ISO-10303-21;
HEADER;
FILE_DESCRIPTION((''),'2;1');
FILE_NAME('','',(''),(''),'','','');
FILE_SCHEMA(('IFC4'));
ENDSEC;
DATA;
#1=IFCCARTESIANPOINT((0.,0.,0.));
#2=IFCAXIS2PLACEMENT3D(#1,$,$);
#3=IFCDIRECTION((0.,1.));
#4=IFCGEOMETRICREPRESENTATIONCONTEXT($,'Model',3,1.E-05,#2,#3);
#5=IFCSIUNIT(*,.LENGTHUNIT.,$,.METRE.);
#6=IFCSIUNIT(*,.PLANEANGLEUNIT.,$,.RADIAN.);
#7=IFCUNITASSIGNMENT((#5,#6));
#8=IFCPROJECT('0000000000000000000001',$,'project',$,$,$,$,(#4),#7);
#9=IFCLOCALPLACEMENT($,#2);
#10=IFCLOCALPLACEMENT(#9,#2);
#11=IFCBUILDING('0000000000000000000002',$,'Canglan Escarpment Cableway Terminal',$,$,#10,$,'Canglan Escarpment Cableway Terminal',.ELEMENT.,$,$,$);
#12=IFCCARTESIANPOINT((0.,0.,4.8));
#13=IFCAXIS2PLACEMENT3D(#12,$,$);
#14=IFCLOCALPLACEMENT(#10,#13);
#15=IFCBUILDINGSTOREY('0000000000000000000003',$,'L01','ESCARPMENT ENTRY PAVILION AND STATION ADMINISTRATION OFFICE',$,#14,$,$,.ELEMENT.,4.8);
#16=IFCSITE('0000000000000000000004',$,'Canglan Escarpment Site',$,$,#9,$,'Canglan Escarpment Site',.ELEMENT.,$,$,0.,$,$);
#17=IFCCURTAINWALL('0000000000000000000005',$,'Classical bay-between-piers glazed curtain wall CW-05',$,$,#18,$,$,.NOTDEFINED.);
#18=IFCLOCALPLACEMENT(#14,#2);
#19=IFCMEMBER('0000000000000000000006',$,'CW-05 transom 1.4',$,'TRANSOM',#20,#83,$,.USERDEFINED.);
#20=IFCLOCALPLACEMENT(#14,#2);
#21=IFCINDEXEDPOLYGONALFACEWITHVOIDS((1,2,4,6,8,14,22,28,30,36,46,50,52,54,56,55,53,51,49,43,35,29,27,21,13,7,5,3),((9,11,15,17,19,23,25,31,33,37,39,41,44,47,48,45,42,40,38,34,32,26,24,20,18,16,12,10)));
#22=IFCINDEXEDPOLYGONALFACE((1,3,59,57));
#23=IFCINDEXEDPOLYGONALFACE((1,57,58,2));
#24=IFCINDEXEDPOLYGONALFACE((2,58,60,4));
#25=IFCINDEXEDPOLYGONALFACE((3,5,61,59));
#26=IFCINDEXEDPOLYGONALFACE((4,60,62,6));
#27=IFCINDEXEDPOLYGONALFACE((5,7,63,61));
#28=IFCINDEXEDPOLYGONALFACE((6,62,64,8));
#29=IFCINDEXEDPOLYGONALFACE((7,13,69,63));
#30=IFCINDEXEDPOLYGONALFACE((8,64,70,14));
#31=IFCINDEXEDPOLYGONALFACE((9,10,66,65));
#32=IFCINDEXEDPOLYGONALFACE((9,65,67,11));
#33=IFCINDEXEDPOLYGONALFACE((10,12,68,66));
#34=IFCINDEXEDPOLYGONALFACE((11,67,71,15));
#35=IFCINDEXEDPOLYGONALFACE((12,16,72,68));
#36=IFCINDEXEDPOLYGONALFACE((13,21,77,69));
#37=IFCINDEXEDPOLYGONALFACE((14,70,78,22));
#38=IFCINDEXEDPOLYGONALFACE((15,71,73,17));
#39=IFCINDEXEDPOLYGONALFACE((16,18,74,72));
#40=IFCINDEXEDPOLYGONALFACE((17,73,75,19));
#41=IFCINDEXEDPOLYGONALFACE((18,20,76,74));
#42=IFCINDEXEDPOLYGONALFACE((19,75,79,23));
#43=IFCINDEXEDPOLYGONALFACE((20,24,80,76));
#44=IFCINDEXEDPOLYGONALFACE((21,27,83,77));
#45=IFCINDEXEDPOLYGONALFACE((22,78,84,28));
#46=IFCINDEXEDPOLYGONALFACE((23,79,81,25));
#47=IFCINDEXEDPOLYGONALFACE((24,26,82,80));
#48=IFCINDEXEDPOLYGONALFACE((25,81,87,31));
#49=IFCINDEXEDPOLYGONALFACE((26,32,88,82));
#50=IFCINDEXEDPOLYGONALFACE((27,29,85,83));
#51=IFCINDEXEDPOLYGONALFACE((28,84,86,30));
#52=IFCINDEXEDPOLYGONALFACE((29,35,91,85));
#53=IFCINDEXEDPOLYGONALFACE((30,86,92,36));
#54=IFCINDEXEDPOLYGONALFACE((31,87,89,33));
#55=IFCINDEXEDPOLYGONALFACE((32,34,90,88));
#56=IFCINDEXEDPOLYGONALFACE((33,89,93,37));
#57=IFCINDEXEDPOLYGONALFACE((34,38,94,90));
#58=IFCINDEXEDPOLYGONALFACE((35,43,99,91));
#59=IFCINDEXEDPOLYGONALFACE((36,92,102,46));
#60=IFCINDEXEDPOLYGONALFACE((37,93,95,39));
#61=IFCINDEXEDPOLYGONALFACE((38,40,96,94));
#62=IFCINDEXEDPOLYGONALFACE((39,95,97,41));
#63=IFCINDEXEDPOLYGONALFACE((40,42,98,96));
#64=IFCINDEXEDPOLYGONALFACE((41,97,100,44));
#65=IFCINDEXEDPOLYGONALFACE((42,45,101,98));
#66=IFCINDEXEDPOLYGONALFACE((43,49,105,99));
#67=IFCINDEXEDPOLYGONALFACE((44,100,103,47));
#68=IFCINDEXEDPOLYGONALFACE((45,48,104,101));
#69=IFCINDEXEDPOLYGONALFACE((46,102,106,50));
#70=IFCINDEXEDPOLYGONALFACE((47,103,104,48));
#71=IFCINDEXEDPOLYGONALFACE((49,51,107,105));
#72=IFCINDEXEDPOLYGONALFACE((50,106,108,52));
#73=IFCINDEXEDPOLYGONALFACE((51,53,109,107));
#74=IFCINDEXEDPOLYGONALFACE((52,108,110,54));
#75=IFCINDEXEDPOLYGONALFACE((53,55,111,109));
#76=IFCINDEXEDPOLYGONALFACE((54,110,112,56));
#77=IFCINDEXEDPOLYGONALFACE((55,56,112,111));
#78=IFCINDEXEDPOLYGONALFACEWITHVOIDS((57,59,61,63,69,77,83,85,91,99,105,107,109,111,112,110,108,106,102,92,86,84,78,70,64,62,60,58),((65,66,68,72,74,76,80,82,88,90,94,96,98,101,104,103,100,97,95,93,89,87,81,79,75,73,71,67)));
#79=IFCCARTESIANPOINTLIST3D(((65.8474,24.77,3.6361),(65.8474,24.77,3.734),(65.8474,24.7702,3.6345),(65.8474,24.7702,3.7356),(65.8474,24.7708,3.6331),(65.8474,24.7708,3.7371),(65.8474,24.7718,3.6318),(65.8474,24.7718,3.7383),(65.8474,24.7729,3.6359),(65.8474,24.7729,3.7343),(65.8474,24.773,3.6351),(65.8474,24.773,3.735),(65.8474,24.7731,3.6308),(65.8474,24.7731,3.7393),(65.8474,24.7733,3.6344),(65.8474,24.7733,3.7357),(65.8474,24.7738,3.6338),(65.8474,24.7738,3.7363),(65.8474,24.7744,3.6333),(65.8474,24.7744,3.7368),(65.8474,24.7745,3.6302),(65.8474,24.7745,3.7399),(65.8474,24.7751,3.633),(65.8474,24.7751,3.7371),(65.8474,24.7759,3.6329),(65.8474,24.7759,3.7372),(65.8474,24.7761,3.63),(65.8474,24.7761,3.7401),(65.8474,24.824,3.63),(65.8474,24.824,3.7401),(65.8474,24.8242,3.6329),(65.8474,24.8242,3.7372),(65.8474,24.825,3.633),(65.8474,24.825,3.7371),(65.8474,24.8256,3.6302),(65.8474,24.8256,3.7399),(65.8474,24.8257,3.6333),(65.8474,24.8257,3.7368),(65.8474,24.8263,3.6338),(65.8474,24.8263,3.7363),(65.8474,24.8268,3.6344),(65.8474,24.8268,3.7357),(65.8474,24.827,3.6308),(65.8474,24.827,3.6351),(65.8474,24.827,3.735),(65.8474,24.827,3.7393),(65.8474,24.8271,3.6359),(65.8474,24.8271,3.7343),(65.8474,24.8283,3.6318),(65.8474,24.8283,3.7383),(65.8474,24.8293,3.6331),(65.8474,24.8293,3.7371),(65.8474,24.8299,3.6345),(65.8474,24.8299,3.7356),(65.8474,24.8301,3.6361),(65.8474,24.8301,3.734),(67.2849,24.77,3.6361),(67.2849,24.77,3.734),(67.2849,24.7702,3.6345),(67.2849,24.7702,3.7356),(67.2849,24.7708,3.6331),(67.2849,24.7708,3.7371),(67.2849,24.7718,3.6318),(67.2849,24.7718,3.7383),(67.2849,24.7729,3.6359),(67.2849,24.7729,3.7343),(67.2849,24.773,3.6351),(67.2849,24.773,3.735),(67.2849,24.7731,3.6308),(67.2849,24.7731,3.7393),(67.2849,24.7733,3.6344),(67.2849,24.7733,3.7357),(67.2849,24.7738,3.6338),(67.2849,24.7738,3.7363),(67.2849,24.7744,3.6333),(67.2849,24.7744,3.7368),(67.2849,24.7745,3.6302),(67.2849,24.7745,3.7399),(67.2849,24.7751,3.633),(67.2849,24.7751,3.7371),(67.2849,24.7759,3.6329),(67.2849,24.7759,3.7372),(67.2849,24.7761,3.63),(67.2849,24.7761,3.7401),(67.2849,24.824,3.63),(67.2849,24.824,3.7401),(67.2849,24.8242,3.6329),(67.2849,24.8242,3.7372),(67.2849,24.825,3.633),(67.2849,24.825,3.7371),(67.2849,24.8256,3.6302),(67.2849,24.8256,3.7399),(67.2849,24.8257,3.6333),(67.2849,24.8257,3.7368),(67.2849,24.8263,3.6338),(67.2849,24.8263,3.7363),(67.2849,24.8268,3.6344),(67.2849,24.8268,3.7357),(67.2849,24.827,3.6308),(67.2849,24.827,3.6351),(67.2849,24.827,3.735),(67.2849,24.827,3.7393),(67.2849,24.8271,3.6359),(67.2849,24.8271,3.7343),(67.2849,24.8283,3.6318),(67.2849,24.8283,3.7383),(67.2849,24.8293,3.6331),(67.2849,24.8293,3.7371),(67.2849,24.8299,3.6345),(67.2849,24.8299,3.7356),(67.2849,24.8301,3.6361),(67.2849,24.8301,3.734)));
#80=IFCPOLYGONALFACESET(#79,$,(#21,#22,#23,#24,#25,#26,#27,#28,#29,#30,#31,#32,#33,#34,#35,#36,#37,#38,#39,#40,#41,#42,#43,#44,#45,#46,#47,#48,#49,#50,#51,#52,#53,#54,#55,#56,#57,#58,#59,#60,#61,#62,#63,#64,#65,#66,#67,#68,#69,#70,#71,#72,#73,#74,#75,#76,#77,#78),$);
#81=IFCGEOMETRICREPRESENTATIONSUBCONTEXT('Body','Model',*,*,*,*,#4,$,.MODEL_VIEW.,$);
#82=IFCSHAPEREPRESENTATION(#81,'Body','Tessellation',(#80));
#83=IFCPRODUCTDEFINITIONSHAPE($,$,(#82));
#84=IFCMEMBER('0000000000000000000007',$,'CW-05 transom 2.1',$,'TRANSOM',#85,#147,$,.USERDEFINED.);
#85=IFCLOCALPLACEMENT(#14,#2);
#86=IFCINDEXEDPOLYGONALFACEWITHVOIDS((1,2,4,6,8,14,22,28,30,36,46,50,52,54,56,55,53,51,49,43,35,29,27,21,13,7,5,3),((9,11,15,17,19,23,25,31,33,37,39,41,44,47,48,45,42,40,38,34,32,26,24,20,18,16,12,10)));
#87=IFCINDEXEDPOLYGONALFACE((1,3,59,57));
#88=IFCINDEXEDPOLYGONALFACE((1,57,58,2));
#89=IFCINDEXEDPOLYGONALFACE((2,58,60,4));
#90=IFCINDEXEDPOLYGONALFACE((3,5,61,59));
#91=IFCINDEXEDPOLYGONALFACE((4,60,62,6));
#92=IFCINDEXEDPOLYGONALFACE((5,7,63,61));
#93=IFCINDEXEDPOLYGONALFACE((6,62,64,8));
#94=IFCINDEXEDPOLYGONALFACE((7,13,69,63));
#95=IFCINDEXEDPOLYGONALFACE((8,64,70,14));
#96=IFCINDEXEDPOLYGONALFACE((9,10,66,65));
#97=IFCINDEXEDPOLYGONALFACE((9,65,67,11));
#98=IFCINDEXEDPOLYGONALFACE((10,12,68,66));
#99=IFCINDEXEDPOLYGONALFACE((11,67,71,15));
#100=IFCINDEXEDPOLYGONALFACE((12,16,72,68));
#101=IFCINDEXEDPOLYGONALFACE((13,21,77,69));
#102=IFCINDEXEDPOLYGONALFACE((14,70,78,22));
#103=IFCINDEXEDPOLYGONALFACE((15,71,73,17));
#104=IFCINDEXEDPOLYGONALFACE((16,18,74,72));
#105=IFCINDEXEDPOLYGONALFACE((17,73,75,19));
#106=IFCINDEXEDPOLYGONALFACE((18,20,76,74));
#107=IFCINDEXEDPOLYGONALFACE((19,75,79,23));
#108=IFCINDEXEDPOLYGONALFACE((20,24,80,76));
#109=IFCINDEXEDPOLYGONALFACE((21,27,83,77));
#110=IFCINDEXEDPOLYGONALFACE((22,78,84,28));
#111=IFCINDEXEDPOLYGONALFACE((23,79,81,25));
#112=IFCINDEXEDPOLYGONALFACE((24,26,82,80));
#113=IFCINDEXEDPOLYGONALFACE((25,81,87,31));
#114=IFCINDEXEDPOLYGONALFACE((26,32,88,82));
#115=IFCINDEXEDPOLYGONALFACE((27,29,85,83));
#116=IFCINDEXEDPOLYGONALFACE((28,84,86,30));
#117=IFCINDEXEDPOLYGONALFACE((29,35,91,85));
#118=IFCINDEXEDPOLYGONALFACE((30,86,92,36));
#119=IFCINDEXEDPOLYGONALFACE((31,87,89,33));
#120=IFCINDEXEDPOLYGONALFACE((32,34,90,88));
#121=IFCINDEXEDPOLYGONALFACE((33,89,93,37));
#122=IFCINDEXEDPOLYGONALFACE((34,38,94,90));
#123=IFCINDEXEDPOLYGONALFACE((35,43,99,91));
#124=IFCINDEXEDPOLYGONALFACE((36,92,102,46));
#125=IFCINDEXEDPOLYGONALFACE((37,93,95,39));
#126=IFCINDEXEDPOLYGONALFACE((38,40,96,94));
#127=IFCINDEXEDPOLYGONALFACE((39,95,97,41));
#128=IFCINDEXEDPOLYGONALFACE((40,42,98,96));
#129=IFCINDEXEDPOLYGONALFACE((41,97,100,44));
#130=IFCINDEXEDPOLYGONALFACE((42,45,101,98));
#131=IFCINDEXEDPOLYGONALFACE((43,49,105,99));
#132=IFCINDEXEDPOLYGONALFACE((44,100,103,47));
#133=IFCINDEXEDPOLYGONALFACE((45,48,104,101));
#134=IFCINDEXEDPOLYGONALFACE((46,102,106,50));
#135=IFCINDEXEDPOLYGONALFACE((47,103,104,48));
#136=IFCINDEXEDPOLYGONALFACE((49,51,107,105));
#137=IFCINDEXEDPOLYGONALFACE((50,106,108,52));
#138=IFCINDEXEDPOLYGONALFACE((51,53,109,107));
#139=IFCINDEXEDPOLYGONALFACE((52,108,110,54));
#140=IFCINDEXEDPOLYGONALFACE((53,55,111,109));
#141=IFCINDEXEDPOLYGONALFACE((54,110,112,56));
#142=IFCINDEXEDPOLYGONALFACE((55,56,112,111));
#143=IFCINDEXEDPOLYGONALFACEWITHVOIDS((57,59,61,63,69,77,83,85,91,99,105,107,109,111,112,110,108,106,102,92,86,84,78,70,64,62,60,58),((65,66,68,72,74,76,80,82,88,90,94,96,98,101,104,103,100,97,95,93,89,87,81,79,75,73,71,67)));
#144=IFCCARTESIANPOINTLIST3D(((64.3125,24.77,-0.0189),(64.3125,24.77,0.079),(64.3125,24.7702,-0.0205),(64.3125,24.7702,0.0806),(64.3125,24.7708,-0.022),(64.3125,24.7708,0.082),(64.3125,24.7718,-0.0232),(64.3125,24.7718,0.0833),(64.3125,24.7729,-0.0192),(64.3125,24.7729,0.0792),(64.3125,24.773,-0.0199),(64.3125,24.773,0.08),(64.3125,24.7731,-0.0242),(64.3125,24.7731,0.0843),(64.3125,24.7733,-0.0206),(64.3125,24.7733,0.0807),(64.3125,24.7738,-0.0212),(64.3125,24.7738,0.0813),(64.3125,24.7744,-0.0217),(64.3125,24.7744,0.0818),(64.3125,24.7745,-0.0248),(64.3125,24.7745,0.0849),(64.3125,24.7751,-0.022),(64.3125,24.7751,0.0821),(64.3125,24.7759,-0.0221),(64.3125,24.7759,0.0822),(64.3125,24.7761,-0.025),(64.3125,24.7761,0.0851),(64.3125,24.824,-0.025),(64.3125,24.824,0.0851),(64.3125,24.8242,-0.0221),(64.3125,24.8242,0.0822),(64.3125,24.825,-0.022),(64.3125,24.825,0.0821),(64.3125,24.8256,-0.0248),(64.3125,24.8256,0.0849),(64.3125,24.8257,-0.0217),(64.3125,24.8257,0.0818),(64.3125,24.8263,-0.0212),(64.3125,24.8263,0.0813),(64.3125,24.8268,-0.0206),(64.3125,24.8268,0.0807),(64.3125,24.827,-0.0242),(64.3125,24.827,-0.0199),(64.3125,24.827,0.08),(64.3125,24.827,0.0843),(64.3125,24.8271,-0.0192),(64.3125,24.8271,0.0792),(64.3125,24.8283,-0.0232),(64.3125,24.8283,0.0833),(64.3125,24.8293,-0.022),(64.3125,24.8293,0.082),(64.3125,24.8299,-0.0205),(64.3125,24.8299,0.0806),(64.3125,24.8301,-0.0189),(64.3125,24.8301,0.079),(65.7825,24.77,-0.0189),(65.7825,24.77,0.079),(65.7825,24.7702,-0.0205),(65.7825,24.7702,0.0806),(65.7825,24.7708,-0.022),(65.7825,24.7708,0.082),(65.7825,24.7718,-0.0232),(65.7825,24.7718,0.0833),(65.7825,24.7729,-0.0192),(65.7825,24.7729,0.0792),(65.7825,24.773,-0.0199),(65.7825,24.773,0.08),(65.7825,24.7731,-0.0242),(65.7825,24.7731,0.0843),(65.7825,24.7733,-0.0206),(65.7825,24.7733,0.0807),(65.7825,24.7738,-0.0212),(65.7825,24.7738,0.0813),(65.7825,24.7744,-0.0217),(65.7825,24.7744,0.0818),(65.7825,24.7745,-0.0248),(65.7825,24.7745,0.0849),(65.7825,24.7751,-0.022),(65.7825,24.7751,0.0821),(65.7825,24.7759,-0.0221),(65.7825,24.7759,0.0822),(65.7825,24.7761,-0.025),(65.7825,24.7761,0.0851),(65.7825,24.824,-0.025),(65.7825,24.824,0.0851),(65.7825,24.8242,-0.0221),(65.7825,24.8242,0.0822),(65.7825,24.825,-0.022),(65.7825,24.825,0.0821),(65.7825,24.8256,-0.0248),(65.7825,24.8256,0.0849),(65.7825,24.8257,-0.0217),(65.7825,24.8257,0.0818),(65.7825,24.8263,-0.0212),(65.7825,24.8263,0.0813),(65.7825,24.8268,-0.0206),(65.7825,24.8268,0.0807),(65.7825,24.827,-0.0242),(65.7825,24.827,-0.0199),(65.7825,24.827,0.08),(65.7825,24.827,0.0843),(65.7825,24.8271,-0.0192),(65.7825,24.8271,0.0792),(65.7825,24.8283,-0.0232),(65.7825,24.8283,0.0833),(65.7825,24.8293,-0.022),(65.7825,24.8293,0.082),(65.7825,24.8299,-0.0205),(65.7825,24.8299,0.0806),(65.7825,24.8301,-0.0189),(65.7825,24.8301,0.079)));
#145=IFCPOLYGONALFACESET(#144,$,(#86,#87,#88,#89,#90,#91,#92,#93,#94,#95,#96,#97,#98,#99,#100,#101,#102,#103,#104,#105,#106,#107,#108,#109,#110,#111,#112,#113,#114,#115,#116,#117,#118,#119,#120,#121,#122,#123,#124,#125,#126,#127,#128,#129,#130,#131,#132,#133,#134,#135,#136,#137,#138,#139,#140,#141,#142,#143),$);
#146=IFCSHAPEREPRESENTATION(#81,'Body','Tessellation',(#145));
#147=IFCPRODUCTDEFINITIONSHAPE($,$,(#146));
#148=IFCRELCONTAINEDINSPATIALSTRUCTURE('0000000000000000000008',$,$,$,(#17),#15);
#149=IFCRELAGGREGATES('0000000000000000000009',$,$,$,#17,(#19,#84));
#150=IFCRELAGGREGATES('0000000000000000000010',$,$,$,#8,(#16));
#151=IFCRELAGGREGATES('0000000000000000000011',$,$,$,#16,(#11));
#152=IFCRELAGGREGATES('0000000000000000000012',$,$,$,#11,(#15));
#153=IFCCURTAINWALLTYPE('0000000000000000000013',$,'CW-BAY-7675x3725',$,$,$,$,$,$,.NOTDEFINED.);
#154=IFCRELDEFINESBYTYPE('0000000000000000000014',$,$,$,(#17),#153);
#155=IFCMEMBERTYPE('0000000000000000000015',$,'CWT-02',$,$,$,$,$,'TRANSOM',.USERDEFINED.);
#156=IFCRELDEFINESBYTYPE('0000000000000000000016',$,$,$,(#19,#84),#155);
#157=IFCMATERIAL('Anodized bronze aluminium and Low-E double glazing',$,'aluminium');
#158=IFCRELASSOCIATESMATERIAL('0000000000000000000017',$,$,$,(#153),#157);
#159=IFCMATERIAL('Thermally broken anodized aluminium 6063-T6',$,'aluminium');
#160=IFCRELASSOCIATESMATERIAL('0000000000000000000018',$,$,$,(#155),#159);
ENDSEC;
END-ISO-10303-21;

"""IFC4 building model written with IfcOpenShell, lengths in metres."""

from ifc_helpers import new_model, si_unit, direction, frame, origin, origin_2d, place, context, subcontext, project, spatial, hollow_rectangle, extrude, material, material_profile, profile_set, type_object, element, aggregate, save


model = new_model("IFC4")

# Units and contexts
model_context = context("Model", 3, precision=1e-05, world=origin(), true_north=direction((0.0, 1.0)))
body_context = subcontext(model_context, "Body", "Model", "MODEL_VIEW")
ifc_project = project(units=[si_unit("LENGTHUNIT", "METRE"), si_unit("PLANEANGLEUNIT", "RADIAN")], contexts=[model_context])

# Site, building, storey
site_placement = place(None, origin())
site = spatial("IfcSite", under=ifc_project, at=site_placement, Name="Canglan Escarpment Site", LongName="Canglan Escarpment Site", CompositionType="ELEMENT", RefElevation=0.0)
building_placement = place(site_placement, origin())
building = spatial("IfcBuilding", under=site, at=building_placement, Name="Canglan Escarpment Cableway Terminal", LongName="Canglan Escarpment Cableway Terminal", CompositionType="ELEMENT")
storey_placement = place(building_placement, frame((0.0, 0.0, 4.8)))
storey = spatial("IfcBuildingStorey", under=building, at=storey_placement, Name="L01", Description="ESCARPMENT ENTRY PAVILION AND STATION ADMINISTRATION OFFICE", CompositionType="ELEMENT", Elevation=4.8)

# Curtain wall, members
ifc_material_1 = material(Name="Anodized bronze aluminium and Low-E double glazing", Category="aluminium")
curtain_wall_type = type_object("IfcCurtainWallType", Name="CW-BAY-7675x3725", PredefinedType="NOTDEFINED", material=ifc_material_1)
curtain_wall_placement = place(storey_placement, origin())
curtain_wall = element("IfcCurtainWall", 1, at=curtain_wall_placement, inside=storey, type_object=curtain_wall_type, Name="Classical bay-between-piers glazed curtain wall CW-05", PredefinedType="NOTDEFINED")
ifc_material_2 = material(Name="Thermally broken anodized aluminium 6063-T6", Category="aluminium")
ifc_material_profile_1 = material_profile(ifc_material_2, hollow_rectangle(XDim=0.0601, YDim=0.1101, WallThickness=0.0029, InnerFilletRadius=0.0029, OuterFilletRadius=0.0061, at=origin_2d()), Name="ALU-TRAN 60x110x3")
ifc_profile_set_1 = profile_set([ifc_material_profile_1], Name="Thermally broken anodized aluminium 6063-T6")
member_type_1 = type_object("IfcMemberType", Name="CWT-02", ElementType="TRANSOM", PredefinedType="USERDEFINED", material=ifc_profile_set_1)
member_1_placement = place(storey_placement, frame((67.2849, 24.8, 3.6851), z_axis=(-1.0, 0.0, 0.0), x_axis=(0.0, -1.0, 0.0)))
member_1 = element("IfcMember", 2, at=member_1_placement, type_object=member_type_1, Name="CW-05 transom 1.4", ObjectType="TRANSOM", PredefinedType="USERDEFINED", context=body_context, shape_type="SweptSolid", body=[
    extrude(hollow_rectangle(XDim=0.0601, YDim=0.1101, WallThickness=0.0029, InnerFilletRadius=0.0029, OuterFilletRadius=0.0061, at=origin_2d()), origin(), (0.0, 0.0, 1.0), 1.4375),
])
member_2_placement = place(storey_placement, frame((65.7825, 24.8, 0.03), z_axis=(-1.0, 0.0, 0.0), x_axis=(0.0, -1.0, 0.0)))
member_2 = element("IfcMember", 3, at=member_2_placement, type_object=member_type_1, Name="CW-05 transom 2.1", ObjectType="TRANSOM", PredefinedType="USERDEFINED", context=body_context, shape_type="SweptSolid", body=[
    extrude(hollow_rectangle(XDim=0.0601, YDim=0.1101, WallThickness=0.0029, InnerFilletRadius=0.0029, OuterFilletRadius=0.0061, at=origin_2d()), origin(), (0.0, 0.0, 1.0), 1.47),
])
aggregate(curtain_wall, [member_1, member_2])

save(model, "model.ifc")
